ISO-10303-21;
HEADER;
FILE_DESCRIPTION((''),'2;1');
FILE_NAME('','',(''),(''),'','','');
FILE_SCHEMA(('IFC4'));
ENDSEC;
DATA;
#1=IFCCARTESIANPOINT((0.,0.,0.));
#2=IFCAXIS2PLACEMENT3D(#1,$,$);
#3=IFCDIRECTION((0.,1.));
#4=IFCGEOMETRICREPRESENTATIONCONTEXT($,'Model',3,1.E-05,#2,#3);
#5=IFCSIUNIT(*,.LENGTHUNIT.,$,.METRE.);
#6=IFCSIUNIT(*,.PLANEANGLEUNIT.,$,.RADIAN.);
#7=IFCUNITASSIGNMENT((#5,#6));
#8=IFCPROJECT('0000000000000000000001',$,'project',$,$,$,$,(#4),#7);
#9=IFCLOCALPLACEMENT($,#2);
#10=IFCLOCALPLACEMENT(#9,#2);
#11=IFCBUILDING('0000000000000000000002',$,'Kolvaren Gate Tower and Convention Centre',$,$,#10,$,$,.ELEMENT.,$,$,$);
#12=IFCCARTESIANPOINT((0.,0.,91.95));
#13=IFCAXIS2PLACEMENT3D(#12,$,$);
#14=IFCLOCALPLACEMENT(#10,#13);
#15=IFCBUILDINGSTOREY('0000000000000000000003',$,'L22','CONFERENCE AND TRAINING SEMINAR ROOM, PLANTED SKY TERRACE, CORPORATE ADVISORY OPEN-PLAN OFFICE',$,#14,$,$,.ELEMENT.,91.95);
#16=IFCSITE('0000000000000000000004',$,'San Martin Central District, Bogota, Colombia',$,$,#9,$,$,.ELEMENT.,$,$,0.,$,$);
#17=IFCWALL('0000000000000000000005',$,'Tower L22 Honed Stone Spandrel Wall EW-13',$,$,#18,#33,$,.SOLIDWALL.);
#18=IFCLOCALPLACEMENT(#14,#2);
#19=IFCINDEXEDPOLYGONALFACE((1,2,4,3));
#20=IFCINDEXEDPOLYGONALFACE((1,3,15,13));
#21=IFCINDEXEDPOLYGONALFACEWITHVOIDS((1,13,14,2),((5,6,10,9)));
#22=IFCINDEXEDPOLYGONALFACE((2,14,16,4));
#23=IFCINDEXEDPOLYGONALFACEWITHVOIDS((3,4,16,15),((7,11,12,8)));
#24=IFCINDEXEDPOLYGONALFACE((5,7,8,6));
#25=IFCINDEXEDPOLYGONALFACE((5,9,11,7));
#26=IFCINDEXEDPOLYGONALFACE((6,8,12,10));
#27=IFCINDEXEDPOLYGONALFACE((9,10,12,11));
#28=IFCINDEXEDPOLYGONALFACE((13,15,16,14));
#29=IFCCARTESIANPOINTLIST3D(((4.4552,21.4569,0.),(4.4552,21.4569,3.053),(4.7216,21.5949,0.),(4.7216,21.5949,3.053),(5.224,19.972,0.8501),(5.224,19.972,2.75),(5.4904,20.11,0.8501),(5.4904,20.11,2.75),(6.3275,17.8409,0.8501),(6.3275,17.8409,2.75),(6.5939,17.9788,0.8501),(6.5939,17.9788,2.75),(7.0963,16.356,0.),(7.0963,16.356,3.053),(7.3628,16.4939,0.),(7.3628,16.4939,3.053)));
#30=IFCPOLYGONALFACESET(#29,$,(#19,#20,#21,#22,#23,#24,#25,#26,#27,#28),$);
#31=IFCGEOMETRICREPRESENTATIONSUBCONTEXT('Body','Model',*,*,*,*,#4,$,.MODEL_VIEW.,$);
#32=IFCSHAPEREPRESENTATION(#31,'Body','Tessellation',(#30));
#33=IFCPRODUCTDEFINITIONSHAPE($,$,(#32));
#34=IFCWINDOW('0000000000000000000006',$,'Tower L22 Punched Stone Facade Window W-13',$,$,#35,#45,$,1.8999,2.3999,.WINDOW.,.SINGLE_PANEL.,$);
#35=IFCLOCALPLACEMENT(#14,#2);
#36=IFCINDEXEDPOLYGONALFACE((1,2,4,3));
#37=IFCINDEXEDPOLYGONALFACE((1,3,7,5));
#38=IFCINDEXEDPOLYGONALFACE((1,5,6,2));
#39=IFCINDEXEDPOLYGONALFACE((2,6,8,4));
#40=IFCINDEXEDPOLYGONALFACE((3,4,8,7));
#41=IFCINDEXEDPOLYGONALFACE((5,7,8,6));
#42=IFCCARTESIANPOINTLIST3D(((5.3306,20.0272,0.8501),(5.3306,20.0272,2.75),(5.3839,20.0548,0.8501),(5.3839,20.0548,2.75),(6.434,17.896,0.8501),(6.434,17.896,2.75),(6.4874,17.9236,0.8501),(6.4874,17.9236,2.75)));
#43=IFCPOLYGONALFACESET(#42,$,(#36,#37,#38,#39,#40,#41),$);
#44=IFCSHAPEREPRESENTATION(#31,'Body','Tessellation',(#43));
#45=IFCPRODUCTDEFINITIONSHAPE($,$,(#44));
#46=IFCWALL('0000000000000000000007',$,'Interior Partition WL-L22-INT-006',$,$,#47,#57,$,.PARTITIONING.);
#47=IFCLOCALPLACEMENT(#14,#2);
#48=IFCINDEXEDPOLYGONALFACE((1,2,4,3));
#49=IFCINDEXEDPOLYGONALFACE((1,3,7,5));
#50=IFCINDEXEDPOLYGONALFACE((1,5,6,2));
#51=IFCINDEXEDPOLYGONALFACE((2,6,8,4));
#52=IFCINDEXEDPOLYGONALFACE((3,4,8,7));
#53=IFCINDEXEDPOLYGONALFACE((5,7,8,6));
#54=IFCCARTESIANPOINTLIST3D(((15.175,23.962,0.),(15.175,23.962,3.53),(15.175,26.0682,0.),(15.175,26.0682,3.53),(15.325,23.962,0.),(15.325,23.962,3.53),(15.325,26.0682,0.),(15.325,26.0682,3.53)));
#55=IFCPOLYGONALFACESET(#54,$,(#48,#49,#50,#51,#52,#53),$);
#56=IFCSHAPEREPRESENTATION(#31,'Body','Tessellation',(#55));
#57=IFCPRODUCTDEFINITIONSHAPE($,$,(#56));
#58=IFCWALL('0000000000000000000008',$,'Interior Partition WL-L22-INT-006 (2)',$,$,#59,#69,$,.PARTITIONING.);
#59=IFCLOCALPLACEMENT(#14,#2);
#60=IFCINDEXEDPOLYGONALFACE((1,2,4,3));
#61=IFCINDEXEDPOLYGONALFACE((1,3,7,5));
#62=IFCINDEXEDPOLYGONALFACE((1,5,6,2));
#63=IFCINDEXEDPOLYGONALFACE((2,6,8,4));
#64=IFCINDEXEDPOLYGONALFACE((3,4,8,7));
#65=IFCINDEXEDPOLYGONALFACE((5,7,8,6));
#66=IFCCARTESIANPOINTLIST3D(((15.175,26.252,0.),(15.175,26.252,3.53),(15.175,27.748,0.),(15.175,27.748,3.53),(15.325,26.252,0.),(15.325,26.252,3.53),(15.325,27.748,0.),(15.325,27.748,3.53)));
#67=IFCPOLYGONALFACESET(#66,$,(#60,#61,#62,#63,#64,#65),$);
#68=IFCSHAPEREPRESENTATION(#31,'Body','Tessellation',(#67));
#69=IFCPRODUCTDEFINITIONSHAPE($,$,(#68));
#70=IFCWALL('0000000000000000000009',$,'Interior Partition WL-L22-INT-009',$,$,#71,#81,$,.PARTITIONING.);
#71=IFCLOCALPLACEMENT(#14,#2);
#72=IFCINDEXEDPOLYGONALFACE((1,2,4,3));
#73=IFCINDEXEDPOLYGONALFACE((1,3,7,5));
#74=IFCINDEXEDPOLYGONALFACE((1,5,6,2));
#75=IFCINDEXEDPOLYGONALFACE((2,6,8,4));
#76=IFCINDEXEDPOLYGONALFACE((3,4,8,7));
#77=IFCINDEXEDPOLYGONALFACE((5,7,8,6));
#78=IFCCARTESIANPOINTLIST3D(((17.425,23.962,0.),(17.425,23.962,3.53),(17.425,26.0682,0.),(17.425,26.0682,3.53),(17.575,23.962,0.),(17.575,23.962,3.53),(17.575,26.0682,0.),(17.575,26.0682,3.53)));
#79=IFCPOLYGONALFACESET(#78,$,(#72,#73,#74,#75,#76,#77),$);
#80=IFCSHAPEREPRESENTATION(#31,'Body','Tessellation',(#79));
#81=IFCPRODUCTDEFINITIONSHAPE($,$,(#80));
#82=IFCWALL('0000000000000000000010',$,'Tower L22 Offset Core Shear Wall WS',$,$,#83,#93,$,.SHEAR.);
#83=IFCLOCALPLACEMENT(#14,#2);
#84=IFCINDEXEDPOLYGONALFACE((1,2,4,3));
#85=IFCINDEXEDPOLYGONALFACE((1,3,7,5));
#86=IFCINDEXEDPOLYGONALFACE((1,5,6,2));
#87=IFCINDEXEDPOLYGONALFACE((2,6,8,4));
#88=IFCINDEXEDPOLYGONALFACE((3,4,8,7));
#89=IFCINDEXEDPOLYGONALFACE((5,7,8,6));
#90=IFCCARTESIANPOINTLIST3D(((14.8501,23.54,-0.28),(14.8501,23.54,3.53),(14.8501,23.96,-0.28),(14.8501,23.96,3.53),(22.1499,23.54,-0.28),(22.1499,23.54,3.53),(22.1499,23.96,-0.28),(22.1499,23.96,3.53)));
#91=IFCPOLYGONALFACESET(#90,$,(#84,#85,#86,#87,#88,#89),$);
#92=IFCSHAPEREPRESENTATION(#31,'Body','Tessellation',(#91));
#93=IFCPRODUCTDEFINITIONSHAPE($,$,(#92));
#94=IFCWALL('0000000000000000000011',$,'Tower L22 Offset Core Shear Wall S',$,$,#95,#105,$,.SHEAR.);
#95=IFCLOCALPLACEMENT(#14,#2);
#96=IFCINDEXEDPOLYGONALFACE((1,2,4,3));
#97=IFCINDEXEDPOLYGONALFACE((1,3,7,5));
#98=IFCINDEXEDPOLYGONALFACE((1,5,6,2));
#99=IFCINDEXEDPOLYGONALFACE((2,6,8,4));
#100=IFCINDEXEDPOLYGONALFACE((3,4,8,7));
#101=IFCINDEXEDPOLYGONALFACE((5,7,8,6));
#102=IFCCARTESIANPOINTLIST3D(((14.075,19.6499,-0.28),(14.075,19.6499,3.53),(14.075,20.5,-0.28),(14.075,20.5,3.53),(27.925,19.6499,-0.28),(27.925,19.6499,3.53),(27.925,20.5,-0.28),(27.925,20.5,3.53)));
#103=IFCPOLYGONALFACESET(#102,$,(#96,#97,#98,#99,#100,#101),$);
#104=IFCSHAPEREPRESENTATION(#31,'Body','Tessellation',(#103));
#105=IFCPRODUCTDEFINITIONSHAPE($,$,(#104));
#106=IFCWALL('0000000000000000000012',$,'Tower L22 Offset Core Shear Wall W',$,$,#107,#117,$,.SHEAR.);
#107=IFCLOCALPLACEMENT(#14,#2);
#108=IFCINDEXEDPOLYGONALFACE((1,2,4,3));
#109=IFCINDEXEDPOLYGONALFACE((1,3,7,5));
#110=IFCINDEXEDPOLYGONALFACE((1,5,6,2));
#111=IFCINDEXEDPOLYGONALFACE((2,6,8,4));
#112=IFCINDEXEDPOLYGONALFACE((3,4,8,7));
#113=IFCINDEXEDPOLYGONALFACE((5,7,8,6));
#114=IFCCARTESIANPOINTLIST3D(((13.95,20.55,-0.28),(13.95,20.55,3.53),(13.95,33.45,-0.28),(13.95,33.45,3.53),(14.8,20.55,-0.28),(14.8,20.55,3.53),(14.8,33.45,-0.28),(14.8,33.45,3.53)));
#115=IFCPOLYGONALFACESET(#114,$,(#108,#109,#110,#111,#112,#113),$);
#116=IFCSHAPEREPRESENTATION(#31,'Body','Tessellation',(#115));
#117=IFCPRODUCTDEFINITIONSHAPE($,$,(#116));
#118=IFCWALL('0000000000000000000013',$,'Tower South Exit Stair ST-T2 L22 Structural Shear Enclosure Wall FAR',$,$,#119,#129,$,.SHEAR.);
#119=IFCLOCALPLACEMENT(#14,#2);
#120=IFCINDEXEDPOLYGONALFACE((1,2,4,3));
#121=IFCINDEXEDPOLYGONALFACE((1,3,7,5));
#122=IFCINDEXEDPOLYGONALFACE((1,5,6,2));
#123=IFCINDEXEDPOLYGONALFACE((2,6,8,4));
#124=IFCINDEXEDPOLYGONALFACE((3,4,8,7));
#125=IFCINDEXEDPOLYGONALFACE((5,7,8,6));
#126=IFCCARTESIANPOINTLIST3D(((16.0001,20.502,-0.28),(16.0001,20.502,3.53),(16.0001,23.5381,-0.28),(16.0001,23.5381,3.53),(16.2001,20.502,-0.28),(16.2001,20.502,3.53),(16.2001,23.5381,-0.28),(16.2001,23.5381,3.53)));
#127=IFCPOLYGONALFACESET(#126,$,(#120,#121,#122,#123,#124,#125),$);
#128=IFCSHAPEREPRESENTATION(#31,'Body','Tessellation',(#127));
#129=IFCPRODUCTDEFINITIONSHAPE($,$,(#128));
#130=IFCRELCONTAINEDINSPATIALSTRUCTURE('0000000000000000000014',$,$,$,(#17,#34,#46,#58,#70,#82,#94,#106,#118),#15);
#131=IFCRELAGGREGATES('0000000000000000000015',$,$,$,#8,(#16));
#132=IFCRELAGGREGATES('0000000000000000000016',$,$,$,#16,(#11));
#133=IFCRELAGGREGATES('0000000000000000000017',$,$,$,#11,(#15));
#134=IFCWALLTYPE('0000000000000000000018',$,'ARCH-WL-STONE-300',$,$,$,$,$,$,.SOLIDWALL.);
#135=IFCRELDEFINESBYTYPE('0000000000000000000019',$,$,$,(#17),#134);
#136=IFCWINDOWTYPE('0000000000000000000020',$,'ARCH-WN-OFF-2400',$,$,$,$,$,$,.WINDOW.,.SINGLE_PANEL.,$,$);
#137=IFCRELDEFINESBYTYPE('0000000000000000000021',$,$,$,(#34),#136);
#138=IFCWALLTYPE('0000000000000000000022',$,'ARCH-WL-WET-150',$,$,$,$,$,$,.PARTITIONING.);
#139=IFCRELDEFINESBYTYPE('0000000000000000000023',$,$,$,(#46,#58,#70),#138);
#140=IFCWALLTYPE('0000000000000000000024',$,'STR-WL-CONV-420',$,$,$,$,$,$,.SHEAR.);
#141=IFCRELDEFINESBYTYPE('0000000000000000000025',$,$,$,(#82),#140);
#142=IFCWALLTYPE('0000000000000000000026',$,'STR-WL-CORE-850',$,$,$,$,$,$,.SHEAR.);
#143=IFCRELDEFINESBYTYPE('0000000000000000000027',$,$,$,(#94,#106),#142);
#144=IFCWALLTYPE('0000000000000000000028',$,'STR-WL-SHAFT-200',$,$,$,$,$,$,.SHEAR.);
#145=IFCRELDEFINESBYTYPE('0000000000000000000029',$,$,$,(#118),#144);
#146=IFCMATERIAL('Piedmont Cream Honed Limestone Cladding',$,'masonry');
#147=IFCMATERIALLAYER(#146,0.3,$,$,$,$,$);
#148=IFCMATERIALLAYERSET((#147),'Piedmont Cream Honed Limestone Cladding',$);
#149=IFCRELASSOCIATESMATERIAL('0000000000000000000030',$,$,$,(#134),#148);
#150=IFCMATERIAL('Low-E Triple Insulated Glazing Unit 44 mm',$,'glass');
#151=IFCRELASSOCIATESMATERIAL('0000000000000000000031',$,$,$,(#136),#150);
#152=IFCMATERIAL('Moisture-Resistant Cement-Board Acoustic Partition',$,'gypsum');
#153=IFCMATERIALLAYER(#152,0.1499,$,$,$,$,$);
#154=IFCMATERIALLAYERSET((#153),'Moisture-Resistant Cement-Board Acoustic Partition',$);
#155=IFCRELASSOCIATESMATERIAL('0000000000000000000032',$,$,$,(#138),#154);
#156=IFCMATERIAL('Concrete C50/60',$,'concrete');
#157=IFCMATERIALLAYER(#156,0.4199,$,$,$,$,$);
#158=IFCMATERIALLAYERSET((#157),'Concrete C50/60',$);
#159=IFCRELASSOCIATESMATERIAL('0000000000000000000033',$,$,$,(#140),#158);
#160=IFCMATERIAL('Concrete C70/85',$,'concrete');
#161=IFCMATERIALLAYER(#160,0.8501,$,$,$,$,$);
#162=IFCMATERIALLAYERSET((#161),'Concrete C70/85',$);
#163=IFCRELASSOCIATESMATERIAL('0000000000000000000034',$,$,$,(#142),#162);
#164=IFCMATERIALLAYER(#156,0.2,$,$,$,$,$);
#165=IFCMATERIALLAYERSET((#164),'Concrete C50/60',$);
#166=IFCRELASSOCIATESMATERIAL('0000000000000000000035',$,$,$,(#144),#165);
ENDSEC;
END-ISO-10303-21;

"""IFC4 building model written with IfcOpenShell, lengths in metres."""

from ifc_helpers import new_model, si_unit, direction, frame, frame_2d, origin, place, context, subcontext, project, spatial, rectangle, extrude, material, layer, layer_set, type_object, element, fill, save


model = new_model("IFC4")

# Units and contexts
model_context = context("Model", 3, precision=1e-05, world=origin(), true_north=direction((0.0, 1.0)))
body_context = subcontext(model_context, "Body", "Model", "MODEL_VIEW")
ifc_project = project(units=[si_unit("LENGTHUNIT", "METRE"), si_unit("PLANEANGLEUNIT", "RADIAN")], contexts=[model_context])

# Site, building, storey
site_placement = place(None, origin())
site = spatial("IfcSite", under=ifc_project, at=site_placement, Name="San Martin Central District, Bogota, Colombia", CompositionType="ELEMENT", RefElevation=0.0)
building_placement = place(site_placement, origin())
building = spatial("IfcBuilding", under=site, at=building_placement, Name="Kolvaren Gate Tower and Convention Centre", CompositionType="ELEMENT")
storey_placement = place(building_placement, frame((0.0, 0.0, 91.95)))
storey = spatial("IfcBuildingStorey", under=building, at=storey_placement, Name="L22", Description="CONFERENCE AND TRAINING SEMINAR ROOM, PLANTED SKY TERRACE, CORPORATE ADVISORY OPEN-PLAN OFFICE", CompositionType="ELEMENT", Elevation=91.95)

# Shared definitions
ifc_material_1 = material(Name="Concrete C70/85", Category="concrete")

# Shared definitions
ifc_material_2 = material(Name="Piedmont Cream Honed Limestone Cladding", Category="masonry")

# Wall, opening, window
ifc_layer_1 = layer(ifc_material_2, 0.3)
ifc_layer_set_1 = layer_set([ifc_layer_1], Name="Piedmont Cream Honed Limestone Cladding")
wall_type_1 = type_object("IfcWallType", Name="ARCH-WL-STONE-300", PredefinedType="SOLIDWALL", material=ifc_layer_set_1)
ifc_material_3 = material(Name="Low-E Triple Insulated Glazing Unit 44 mm", Category="glass")
window_type = type_object("IfcWindowType", Name="ARCH-WN-OFF-2400", PartitioningType="SINGLE_PANEL", PredefinedType="WINDOW", material=ifc_material_3)
wall_1_placement = place(storey_placement, frame((4.5884, 21.5259, 0.0), z_axis=(0.0, 0.0, 1.0), x_axis=(0.459801, -0.888022, 0.0)))
wall_1 = element("IfcWall", 1, at=wall_1_placement, inside=storey, type_object=wall_type_1, Name="Tower L22 Honed Stone Spandrel Wall EW-13", PredefinedType="SOLIDWALL", context=body_context, shape_type="SweptSolid", body=[
    extrude(rectangle(XDim=5.7441, YDim=0.3, at=frame_2d((2.8721, 0.0))), origin(), (0.0, 0.0, 1.0), 3.053),
])
opening_1_placement = place(wall_1_placement, frame((1.6721, 0.0, 0.8501)))
opening_1 = element("IfcOpeningElement", 2, at=opening_1_placement, cuts=wall_1, PredefinedType="OPENING", context=body_context, shape_type="SweptSolid", body=[
    extrude(rectangle(XDim=2.3999, YDim=1.8999, at=frame_2d((1.2, 0.95))), frame((0.0, 0.1599, 0.0), z_axis=(0.0, -1.0, 0.0), x_axis=(1.0, 0.0, 0.0)), (0.0, 0.0, 1.0), 0.3201),
])
window_1_placement = place(opening_1_placement, origin())
window_1 = element("IfcWindow", 3, at=window_1_placement, inside=storey, type_object=window_type, Name="Tower L22 Punched Stone Facade Window W-13", OverallHeight=1.8999, OverallWidth=2.3999, PartitioningType="SINGLE_PANEL", PredefinedType="WINDOW", context=body_context, shape_type="SweptSolid", body=[
    extrude(rectangle(XDim=2.3999, YDim=1.8999, at=frame_2d((1.2, 0.95))), frame((0.0, 0.03, 0.0), z_axis=(0.0, -1.0, 0.0), x_axis=(1.0, 0.0, 0.0)), (0.0, 0.0, 1.0), 0.0601),
])
fill(opening_1, window_1)

# Walls
ifc_material_4 = material(Name="Moisture-Resistant Cement-Board Acoustic Partition", Category="gypsum")
ifc_layer_2 = layer(ifc_material_4, 0.1499)
ifc_layer_set_2 = layer_set([ifc_layer_2], Name="Moisture-Resistant Cement-Board Acoustic Partition")
wall_type_2 = type_object("IfcWallType", Name="ARCH-WL-WET-150", PredefinedType="PARTITIONING", material=ifc_layer_set_2)
wall_2_placement = place(storey_placement, frame((15.25, 23.9619, 0.0), z_axis=(0.0, 0.0, 1.0), x_axis=(0.0, 1.0, 0.0)))
element("IfcWall", 4, at=wall_2_placement, inside=storey, type_object=wall_type_2, Name="Interior Partition WL-L22-INT-006", PredefinedType="PARTITIONING", context=body_context, shape_type="SweptSolid", body=[
    extrude(rectangle(XDim=2.1062, YDim=0.1499, at=frame_2d((1.0532, 0.0))), origin(), (0.0, 0.0, 1.0), 3.53),
])
wall_3_placement = place(storey_placement, frame((15.25, 26.252, 0.0), z_axis=(0.0, 0.0, 1.0), x_axis=(0.0, 1.0, 0.0)))
element("IfcWall", 5, at=wall_3_placement, inside=storey, type_object=wall_type_2, Name="Interior Partition WL-L22-INT-006 (2)", PredefinedType="PARTITIONING", context=body_context, shape_type="SweptSolid", body=[
    extrude(rectangle(XDim=1.4961, YDim=0.1499, at=frame_2d((0.748, 0.0))), origin(), (0.0, 0.0, 1.0), 3.53),
])
wall_4_placement = place(storey_placement, frame((17.5, 23.9619, 0.0), z_axis=(0.0, 0.0, 1.0), x_axis=(0.0, 1.0, 0.0)))
element("IfcWall", 6, at=wall_4_placement, inside=storey, type_object=wall_type_2, Name="Interior Partition WL-L22-INT-009", PredefinedType="PARTITIONING", context=body_context, shape_type="SweptSolid", body=[
    extrude(rectangle(XDim=2.1062, YDim=0.1499, at=frame_2d((1.0532, 0.0))), origin(), (0.0, 0.0, 1.0), 3.53),
])
ifc_material_5 = material(Name="Concrete C50/60", Category="concrete")
ifc_layer_3 = layer(ifc_material_5, 0.4199)
ifc_layer_set_3 = layer_set([ifc_layer_3], Name="Concrete C50/60")
wall_type_3 = type_object("IfcWallType", Name="STR-WL-CONV-420", PredefinedType="SHEAR", material=ifc_layer_set_3)
wall_5_placement = place(storey_placement, frame((14.8501, 23.75, -0.28), z_axis=(0.0, 0.0, 1.0), x_axis=(1.0, 0.0, 0.0)))
element("IfcWall", 7, at=wall_5_placement, inside=storey, type_object=wall_type_3, Name="Tower L22 Offset Core Shear Wall WS", PredefinedType="SHEAR", context=body_context, shape_type="SweptSolid", body=[
    extrude(rectangle(XDim=7.2998, YDim=0.4199, at=frame_2d((3.6499, 0.0))), origin(), (0.0, 0.0, 1.0), 3.8101),
])
ifc_layer_4 = layer(ifc_material_1, 0.8501)
ifc_layer_set_4 = layer_set([ifc_layer_4], Name="Concrete C70/85")
wall_type_4 = type_object("IfcWallType", Name="STR-WL-CORE-850", PredefinedType="SHEAR", material=ifc_layer_set_4)
wall_6_placement = place(storey_placement, frame((14.075, 20.075, -0.28), z_axis=(0.0, 0.0, 1.0), x_axis=(1.0, 0.0, 0.0)))
element("IfcWall", 8, at=wall_6_placement, inside=storey, type_object=wall_type_4, Name="Tower L22 Offset Core Shear Wall S", PredefinedType="SHEAR", context=body_context, shape_type="SweptSolid", body=[
    extrude(rectangle(XDim=13.8501, YDim=0.8501, at=frame_2d((6.925, 0.0))), origin(), (0.0, 0.0, 1.0), 3.8101),
])
wall_7_placement = place(storey_placement, frame((14.375, 20.55, -0.28), z_axis=(0.0, 0.0, 1.0), x_axis=(0.0, 1.0, 0.0)))
element("IfcWall", 9, at=wall_7_placement, inside=storey, type_object=wall_type_4, Name="Tower L22 Offset Core Shear Wall W", PredefinedType="SHEAR", context=body_context, shape_type="SweptSolid", body=[
    extrude(rectangle(XDim=12.8999, YDim=0.8501, at=frame_2d((6.45, 0.0))), origin(), (0.0, 0.0, 1.0), 3.8101),
])
ifc_layer_5 = layer(ifc_material_5, 0.2)
ifc_layer_set_5 = layer_set([ifc_layer_5], Name="Concrete C50/60")
wall_type_5 = type_object("IfcWallType", Name="STR-WL-SHAFT-200", PredefinedType="SHEAR", material=ifc_layer_set_5)
wall_8_placement = place(storey_placement, frame((16.1001, 20.502, -0.28), z_axis=(0.0, 0.0, 1.0), x_axis=(0.0, 1.0, 0.0)))
element("IfcWall", 10, at=wall_8_placement, inside=storey, type_object=wall_type_5, Name="Tower South Exit Stair ST-T2 L22 Structural Shear Enclosure Wall FAR", PredefinedType="SHEAR", context=body_context, shape_type="SweptSolid", body=[
    extrude(rectangle(XDim=3.0361, YDim=0.2, at=frame_2d((1.5181, 0.0))), origin(), (0.0, 0.0, 1.0), 3.8101),
])

save(model, "model.ifc")
